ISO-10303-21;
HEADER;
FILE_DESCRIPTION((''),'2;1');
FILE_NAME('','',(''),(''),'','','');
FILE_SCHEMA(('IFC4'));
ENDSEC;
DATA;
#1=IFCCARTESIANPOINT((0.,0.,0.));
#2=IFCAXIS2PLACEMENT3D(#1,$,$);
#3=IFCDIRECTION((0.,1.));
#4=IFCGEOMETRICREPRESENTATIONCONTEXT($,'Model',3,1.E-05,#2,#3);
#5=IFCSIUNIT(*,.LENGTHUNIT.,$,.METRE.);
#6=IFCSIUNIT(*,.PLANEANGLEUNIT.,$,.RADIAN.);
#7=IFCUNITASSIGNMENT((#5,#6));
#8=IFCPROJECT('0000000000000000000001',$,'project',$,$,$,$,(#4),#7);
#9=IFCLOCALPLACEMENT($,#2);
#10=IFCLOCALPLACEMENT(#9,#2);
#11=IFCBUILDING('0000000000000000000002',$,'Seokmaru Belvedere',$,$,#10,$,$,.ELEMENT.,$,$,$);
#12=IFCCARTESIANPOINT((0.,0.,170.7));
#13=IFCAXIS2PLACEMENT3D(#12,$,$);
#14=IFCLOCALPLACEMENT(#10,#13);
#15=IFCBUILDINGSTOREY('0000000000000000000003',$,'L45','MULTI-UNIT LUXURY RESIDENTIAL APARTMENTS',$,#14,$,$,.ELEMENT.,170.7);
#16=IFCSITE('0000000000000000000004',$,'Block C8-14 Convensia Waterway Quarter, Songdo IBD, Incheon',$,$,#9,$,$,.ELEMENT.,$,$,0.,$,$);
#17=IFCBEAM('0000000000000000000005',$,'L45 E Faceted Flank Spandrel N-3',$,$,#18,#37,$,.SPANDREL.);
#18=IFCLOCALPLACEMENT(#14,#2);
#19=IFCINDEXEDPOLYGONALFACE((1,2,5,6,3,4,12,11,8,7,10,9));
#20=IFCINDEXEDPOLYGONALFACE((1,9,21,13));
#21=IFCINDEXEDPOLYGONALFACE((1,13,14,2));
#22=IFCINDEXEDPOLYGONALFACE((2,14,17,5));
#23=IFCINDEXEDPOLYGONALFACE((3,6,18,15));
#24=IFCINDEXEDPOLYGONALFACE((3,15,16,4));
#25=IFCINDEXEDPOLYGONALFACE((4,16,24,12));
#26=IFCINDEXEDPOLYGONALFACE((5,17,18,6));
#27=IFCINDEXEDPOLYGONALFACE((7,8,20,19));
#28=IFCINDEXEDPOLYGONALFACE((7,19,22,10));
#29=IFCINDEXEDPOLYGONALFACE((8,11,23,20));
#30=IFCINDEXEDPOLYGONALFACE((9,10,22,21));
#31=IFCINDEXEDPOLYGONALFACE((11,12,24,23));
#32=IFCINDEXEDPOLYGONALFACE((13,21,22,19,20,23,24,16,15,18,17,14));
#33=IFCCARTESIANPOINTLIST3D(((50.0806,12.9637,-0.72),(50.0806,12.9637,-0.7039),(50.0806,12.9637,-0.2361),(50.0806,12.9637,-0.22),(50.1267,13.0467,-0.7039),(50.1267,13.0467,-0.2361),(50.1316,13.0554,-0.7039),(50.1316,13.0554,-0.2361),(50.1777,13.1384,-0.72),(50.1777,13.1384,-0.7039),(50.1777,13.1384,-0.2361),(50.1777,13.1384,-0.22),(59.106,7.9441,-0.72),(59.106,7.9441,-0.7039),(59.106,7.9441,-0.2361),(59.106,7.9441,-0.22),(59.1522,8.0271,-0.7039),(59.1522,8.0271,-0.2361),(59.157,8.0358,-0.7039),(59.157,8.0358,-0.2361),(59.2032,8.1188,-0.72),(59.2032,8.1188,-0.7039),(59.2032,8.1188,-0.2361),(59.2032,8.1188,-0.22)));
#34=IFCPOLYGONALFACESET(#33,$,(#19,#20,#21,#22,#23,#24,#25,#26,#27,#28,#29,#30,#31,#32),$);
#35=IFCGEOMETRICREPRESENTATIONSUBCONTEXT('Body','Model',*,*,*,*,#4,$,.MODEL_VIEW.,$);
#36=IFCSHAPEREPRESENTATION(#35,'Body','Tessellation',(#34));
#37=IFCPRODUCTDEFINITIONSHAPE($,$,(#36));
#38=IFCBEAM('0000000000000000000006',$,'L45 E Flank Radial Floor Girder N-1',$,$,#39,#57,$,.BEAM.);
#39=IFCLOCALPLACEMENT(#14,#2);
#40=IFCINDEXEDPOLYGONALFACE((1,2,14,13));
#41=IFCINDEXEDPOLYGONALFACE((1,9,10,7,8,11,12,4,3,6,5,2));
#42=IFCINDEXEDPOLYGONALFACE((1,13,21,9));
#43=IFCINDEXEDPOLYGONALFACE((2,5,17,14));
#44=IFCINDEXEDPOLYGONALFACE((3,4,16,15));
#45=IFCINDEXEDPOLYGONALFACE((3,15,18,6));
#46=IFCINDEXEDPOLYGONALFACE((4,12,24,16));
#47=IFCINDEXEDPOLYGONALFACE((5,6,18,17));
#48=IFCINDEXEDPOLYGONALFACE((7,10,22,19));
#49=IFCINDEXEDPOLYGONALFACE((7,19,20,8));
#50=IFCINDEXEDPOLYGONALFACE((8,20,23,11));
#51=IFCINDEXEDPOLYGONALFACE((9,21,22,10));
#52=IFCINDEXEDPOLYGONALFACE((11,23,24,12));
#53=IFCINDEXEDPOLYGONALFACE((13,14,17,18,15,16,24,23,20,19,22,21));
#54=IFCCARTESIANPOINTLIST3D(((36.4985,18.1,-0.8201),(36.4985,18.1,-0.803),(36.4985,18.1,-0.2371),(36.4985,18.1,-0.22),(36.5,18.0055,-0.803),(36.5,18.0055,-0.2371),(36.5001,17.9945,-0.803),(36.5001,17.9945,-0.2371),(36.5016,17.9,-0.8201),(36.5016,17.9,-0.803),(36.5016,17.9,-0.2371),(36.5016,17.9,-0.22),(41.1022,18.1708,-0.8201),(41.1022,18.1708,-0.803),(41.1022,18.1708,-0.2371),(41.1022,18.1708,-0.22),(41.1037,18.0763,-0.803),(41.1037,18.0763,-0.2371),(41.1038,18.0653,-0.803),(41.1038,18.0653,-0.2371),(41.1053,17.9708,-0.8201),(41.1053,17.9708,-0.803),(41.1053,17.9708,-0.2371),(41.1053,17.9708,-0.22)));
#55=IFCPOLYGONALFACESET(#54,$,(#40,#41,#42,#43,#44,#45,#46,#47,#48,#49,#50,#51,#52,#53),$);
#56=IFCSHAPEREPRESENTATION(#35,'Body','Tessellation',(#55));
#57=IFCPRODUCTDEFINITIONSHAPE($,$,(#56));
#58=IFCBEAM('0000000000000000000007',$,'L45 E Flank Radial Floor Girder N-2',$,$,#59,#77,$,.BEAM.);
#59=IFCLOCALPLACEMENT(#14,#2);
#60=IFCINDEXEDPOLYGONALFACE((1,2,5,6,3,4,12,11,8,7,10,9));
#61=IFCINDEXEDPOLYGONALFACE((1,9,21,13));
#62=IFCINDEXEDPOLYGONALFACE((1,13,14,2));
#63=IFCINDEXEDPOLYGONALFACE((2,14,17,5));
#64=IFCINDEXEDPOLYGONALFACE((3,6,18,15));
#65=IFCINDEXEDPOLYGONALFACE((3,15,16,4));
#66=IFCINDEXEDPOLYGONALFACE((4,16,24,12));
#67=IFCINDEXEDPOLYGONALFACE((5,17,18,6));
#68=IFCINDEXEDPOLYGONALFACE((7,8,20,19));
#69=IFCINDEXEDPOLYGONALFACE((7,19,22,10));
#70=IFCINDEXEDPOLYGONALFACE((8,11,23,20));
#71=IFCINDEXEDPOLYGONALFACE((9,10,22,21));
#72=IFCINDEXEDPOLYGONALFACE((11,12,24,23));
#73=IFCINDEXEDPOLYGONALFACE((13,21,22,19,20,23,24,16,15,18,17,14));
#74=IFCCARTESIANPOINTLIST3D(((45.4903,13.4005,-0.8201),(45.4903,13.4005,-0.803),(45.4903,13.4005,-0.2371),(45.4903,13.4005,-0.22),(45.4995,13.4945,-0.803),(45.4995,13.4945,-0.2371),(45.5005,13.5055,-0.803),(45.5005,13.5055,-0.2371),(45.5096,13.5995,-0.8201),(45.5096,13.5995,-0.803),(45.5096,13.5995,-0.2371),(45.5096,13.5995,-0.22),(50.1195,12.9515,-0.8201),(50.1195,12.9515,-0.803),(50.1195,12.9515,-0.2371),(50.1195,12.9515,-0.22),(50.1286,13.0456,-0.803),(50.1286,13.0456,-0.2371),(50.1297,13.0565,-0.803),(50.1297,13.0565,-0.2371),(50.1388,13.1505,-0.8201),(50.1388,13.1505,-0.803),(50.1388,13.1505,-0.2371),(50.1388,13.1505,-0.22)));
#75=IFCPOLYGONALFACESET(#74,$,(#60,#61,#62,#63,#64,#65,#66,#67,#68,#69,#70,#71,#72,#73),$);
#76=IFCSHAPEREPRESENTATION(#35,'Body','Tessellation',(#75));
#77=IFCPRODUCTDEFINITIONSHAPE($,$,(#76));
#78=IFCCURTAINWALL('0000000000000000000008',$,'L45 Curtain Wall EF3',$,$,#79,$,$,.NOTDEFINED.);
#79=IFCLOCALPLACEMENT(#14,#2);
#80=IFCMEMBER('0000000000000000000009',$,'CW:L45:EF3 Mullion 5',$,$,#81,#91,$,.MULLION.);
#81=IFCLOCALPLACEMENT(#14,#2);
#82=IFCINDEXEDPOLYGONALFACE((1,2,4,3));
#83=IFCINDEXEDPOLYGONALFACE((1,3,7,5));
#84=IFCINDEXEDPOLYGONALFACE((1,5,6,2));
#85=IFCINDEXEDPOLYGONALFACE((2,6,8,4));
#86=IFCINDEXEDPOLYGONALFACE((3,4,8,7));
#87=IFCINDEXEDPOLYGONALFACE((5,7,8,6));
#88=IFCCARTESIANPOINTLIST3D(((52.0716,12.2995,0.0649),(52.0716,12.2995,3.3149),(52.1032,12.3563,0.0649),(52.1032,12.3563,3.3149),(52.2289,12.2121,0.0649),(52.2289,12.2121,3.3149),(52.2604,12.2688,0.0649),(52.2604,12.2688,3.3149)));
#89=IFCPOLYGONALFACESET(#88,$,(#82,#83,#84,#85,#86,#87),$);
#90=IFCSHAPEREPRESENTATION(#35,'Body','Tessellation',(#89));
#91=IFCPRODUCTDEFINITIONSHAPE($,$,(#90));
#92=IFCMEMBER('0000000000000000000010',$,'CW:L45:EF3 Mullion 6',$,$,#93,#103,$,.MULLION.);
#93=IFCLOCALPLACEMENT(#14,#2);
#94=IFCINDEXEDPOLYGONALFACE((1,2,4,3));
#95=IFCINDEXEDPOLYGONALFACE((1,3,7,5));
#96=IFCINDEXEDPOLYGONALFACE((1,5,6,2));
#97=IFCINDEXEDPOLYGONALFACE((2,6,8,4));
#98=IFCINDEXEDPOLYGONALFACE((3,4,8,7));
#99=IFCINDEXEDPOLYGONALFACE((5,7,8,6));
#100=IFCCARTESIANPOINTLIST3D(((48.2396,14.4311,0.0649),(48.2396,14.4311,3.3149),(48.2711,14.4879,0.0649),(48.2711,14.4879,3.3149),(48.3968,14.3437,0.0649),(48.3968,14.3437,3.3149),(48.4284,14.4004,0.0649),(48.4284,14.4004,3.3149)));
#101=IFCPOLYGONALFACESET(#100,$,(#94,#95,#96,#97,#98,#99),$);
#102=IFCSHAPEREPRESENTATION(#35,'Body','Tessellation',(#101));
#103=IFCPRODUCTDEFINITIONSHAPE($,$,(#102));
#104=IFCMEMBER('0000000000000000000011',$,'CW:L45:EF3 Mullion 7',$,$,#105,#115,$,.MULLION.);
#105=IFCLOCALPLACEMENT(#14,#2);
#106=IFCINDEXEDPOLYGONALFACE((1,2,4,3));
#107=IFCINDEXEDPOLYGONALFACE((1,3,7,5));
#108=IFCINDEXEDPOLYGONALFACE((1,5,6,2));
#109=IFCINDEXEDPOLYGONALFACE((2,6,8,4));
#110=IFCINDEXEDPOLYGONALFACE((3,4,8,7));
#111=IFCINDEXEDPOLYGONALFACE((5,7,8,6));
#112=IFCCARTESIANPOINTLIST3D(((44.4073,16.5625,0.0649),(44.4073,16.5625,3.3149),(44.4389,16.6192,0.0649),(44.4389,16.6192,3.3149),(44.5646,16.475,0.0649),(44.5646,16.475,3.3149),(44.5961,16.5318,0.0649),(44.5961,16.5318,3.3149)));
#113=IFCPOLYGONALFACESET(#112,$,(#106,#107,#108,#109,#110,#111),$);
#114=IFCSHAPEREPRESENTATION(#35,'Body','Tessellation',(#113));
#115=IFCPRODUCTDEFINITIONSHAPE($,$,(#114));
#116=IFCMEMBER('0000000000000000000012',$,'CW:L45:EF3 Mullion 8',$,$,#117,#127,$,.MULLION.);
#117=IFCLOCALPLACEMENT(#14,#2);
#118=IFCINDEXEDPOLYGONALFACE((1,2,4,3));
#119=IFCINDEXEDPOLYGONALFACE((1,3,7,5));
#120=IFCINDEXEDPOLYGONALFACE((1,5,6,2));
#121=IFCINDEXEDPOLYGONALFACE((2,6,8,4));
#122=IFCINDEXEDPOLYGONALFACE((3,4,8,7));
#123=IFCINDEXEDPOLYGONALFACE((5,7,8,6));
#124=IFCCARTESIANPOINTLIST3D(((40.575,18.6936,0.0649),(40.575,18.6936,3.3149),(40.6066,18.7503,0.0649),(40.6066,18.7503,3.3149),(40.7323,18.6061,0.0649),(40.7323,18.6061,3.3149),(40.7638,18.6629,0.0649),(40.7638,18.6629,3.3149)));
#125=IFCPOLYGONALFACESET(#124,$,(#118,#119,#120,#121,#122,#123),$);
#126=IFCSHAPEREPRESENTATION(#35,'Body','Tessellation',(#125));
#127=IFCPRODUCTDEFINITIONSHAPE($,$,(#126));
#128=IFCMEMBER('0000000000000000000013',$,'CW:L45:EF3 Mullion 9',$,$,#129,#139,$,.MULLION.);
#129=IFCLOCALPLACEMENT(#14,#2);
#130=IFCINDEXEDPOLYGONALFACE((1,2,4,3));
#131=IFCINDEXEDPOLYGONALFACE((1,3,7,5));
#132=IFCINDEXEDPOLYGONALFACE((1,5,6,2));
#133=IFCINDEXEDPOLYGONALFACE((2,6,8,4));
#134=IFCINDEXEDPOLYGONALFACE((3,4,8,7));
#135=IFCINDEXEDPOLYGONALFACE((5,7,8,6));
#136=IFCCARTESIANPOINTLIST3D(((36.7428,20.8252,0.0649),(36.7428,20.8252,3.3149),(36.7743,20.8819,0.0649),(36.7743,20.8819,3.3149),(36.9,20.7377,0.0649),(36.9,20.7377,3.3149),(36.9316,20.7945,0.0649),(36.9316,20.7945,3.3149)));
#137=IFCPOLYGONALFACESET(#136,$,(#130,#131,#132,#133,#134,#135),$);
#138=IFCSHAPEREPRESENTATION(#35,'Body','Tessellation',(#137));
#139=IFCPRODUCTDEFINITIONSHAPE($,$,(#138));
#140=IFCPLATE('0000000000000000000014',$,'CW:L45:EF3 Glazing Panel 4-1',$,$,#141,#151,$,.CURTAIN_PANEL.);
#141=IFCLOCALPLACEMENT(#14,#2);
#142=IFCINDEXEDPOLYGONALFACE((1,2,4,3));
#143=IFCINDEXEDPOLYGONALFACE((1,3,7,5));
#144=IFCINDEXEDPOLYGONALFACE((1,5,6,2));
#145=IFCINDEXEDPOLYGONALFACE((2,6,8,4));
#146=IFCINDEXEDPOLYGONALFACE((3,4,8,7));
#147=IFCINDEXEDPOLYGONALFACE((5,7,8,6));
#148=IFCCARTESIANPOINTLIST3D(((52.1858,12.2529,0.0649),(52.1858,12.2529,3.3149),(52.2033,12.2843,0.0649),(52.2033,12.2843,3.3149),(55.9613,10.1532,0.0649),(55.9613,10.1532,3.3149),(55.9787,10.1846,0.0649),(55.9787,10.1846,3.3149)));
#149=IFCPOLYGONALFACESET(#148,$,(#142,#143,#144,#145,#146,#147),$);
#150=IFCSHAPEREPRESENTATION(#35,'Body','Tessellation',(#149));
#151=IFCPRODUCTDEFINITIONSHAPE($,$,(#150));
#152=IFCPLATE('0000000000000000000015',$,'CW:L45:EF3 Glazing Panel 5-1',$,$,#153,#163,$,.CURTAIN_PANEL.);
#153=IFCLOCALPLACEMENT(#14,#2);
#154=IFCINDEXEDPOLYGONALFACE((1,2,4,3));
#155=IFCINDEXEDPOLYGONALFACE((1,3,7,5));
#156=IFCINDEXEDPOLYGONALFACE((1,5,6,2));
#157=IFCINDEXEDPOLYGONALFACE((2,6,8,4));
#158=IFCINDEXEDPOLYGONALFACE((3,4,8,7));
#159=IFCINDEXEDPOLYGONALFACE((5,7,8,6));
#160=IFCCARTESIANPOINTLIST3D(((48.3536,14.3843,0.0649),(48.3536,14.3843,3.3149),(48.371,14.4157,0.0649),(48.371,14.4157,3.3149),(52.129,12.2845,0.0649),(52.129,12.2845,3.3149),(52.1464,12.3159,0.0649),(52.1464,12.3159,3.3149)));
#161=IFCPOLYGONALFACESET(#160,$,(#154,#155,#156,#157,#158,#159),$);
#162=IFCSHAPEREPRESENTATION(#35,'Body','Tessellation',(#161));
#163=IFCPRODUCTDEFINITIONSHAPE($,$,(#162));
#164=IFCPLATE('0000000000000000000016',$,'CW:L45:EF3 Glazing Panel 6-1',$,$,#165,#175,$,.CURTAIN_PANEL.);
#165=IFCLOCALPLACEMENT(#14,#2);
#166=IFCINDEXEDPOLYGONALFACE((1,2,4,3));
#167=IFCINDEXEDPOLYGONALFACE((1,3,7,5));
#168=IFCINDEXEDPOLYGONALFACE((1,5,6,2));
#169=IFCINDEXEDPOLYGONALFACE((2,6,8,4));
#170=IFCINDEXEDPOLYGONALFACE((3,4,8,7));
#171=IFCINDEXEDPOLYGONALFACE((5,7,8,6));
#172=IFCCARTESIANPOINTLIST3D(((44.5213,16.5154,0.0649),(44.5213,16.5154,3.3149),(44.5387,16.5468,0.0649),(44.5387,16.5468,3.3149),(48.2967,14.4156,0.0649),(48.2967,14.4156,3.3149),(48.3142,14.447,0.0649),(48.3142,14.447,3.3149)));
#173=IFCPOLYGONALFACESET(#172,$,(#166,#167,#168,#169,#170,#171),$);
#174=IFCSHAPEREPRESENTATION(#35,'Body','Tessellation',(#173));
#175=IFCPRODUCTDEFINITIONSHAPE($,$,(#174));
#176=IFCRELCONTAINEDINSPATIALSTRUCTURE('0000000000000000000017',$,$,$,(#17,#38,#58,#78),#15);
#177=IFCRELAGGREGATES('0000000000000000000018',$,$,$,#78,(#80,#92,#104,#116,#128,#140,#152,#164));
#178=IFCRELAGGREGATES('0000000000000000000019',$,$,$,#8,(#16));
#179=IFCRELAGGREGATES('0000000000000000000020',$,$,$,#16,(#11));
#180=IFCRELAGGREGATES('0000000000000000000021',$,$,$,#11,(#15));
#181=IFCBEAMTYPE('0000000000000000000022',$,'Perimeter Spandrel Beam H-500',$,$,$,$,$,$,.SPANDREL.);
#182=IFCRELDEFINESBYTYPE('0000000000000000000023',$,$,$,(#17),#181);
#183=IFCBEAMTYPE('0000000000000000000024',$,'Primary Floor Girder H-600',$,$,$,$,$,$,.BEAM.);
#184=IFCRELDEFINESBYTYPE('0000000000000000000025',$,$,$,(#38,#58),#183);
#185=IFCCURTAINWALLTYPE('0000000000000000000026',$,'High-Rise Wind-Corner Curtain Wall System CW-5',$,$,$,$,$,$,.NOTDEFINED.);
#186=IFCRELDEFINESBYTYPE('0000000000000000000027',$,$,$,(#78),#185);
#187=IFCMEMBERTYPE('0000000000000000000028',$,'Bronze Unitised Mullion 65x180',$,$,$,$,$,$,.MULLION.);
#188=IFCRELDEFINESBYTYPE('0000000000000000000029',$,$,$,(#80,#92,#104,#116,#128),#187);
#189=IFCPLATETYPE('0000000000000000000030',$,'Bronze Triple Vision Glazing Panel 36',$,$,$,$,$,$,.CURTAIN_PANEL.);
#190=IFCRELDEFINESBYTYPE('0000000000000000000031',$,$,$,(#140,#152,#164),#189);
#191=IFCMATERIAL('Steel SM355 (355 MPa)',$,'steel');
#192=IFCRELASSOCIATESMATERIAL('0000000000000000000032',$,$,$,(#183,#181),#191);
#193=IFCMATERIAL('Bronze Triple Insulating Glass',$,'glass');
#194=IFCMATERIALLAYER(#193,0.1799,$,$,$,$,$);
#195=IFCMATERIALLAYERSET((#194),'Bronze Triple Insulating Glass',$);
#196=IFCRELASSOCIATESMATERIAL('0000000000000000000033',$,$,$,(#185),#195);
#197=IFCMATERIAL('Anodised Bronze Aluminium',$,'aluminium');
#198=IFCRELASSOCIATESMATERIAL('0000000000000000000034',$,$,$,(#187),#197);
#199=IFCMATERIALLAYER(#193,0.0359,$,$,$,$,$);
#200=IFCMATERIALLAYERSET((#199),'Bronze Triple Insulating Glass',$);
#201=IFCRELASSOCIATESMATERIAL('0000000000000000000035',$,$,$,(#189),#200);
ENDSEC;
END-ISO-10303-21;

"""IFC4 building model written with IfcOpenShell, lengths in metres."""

from ifc_helpers import new_model, si_unit, direction, frame, origin, origin_2d, place, context, subcontext, project, spatial, rectangle, i_section, extrude, source, transform, mapped, material, layer, layer_set, material_profile, profile_set, type_object, type_shapes, element, aggregate, save


model = new_model("IFC4")

# Units and contexts
model_context = context("Model", 3, precision=1e-05, world=origin(), true_north=direction((0.0, 1.0)))
body_context = subcontext(model_context, "Body", "Model", "MODEL_VIEW")
ifc_project = project(units=[si_unit("LENGTHUNIT", "METRE"), si_unit("PLANEANGLEUNIT", "RADIAN")], contexts=[model_context])

# Site, building, storey
site_placement = place(None, origin())
site = spatial("IfcSite", under=ifc_project, at=site_placement, Name="Block C8-14 Convensia Waterway Quarter, Songdo IBD, Incheon", CompositionType="ELEMENT", RefElevation=0.0)
building_placement = place(site_placement, origin())
building = spatial("IfcBuilding", under=site, at=building_placement, Name="Seokmaru Belvedere", CompositionType="ELEMENT")
storey_placement = place(building_placement, frame((0.0, 0.0, 170.7)))
storey = spatial("IfcBuildingStorey", under=building, at=storey_placement, Name="L45", Description="MULTI-UNIT LUXURY RESIDENTIAL APARTMENTS", CompositionType="ELEMENT", Elevation=170.7)

# Shared definitions
ifc_material_1 = material(Name="Steel SM355 (355 MPa)", Category="steel")

# Beams
ifc_material_profile_1 = material_profile(ifc_material_1, i_section(OverallWidth=0.2, OverallDepth=0.6001, WebThickness=0.011, FlangeThickness=0.0171, at=origin_2d()), Name="H-600x200x11x17")
ifc_profile_set_1 = profile_set([ifc_material_profile_1], Name="Steel SM355 (355 MPa)")
beam_type_1 = type_object("IfcBeamType", Name="Primary Floor Girder H-600", PredefinedType="BEAM", material=ifc_profile_set_1)
ifc_material_profile_2 = material_profile(ifc_material_1, i_section(OverallWidth=0.2, OverallDepth=0.5, WebThickness=0.01, FlangeThickness=0.0161, at=origin_2d()), Name="H-500x200x10x16")
ifc_profile_set_2 = profile_set([ifc_material_profile_2], Name="Steel SM355 (355 MPa)")
beam_type_2 = type_object("IfcBeamType", Name="Perimeter Spandrel Beam H-500", PredefinedType="SPANDREL", material=ifc_profile_set_2)
shared_shape_1 = source(origin(), body_context, "Body", "SweptSolid", [
    extrude(i_section(OverallWidth=0.2, OverallDepth=0.5, WebThickness=0.01, FlangeThickness=0.0161, at=origin_2d()), origin(), (0.0, 0.0, 1.0), 10.3274),
])
type_shapes(beam_type_2, [shared_shape_1])
for number, where, z_axis, x_axis, name in (
    (1, (50.1292, 13.051, -0.47), (0.873934, -0.486044, 0.0), (0.486044, 0.873934, 0.0), "L45 E Faceted Flank Spandrel N-3"),
):
    element("IfcBeam", number, at=place(storey_placement, frame(where, z_axis=z_axis, x_axis=x_axis)), inside=storey, type_object=beam_type_2, Name=name, PredefinedType="SPANDREL", context=body_context, shape_type="MappedRepresentation", body=[
        mapped(shared_shape_1, transform((0.0, 0.0, 0.0), scale=1.0)),
    ])
shared_shape_2 = source(origin(), body_context, "Body", "SweptSolid", [
    extrude(i_section(OverallWidth=0.2, OverallDepth=0.6001, WebThickness=0.011, FlangeThickness=0.0171, at=origin_2d()), origin(), (0.0, 0.0, 1.0), 4.6042),
])
beam_1_placement = place(storey_placement, frame((41.1038, 18.0708, -0.52), z_axis=(-0.999882, -0.015377, 0.0), x_axis=(0.015377, -0.999882, 0.0)))
element("IfcBeam", 2, at=beam_1_placement, inside=storey, type_object=beam_type_1, Name="L45 E Flank Radial Floor Girder N-1", PredefinedType="BEAM", context=body_context, shape_type="MappedRepresentation", body=[
    mapped(shared_shape_2, transform((0.0, 0.0, 0.0), scale=1.0)),
])
shared_shape_3 = source(origin(), body_context, "Body", "SweptSolid", [
    extrude(i_section(OverallWidth=0.2, OverallDepth=0.6001, WebThickness=0.011, FlangeThickness=0.0171, at=origin_2d()), origin(), (0.0, 0.0, 1.0), 4.6509),
])
beam_2_placement = place(storey_placement, frame((50.1292, 13.051, -0.52), z_axis=(-0.99533, 0.096536, 0.0), x_axis=(-0.096536, -0.99533, 0.0)))
element("IfcBeam", 3, at=beam_2_placement, inside=storey, type_object=beam_type_1, Name="L45 E Flank Radial Floor Girder N-2", PredefinedType="BEAM", context=body_context, shape_type="MappedRepresentation", body=[
    mapped(shared_shape_3, transform((0.0, 0.0, 0.0), scale=1.0)),
])

# Curtain wall, members, plates
ifc_material_2 = material(Name="Bronze Triple Insulating Glass", Category="glass")
ifc_layer_1 = layer(ifc_material_2, 0.1799)
ifc_layer_set_1 = layer_set([ifc_layer_1], Name="Bronze Triple Insulating Glass")
curtain_wall_type = type_object("IfcCurtainWallType", Name="High-Rise Wind-Corner Curtain Wall System CW-5", PredefinedType="NOTDEFINED", material=ifc_layer_set_1)
curtain_wall_placement = place(storey_placement, origin())
curtain_wall = element("IfcCurtainWall", 4, at=curtain_wall_placement, inside=storey, type_object=curtain_wall_type, Name="L45 Curtain Wall EF3", PredefinedType="NOTDEFINED")
ifc_material_3 = material(Name="Anodised Bronze Aluminium", Category="aluminium")
ifc_material_profile_3 = material_profile(ifc_material_3, rectangle(XDim=0.0649, YDim=0.1799, at=origin_2d()), Name="CW-M-65x180")
ifc_profile_set_3 = profile_set([ifc_material_profile_3], Name="Anodised Bronze Aluminium")
member_type = type_object("IfcMemberType", Name="Bronze Unitised Mullion 65x180", PredefinedType="MULLION", material=ifc_profile_set_3)
shared_shape_4 = source(origin(), body_context, "Body", "SweptSolid", [
    extrude(rectangle(XDim=0.0649, YDim=0.1799, at=origin_2d()), origin(), (0.0, 0.0, 1.0), 3.25),
])
type_shapes(member_type, [shared_shape_4])
member_1_placement = place(storey_placement, frame((52.166, 12.2842, 0.0649), z_axis=(0.0, 0.0, 1.0), x_axis=(-0.486047, -0.873933, 0.0)))
member_1 = element("IfcMember", 5, at=member_1_placement, type_object=member_type, Name="CW:L45:EF3 Mullion 5", PredefinedType="MULLION", context=body_context, shape_type="MappedRepresentation", body=[
    mapped(shared_shape_4, transform((0.0, 0.0, 0.0), scale=1.0)),
])
member_2_placement = place(storey_placement, frame((48.334, 14.4158, 0.0649), z_axis=(0.0, 0.0, 1.0), x_axis=(-0.486047, -0.873933, 0.0)))
member_2 = element("IfcMember", 6, at=member_2_placement, type_object=member_type, Name="CW:L45:EF3 Mullion 6", PredefinedType="MULLION", context=body_context, shape_type="MappedRepresentation", body=[
    mapped(shared_shape_4, transform((0.0, 0.0, 0.0), scale=1.0)),
])
member_3_placement = place(storey_placement, frame((44.5017, 16.5471, 0.0649), z_axis=(0.0, 0.0, 1.0), x_axis=(-0.486047, -0.873933, 0.0)))
member_3 = element("IfcMember", 7, at=member_3_placement, type_object=member_type, Name="CW:L45:EF3 Mullion 7", PredefinedType="MULLION", context=body_context, shape_type="MappedRepresentation", body=[
    mapped(shared_shape_4, transform((0.0, 0.0, 0.0), scale=1.0)),
])
member_4_placement = place(storey_placement, frame((40.6694, 18.6782, 0.0649), z_axis=(0.0, 0.0, 1.0), x_axis=(-0.486047, -0.873933, 0.0)))
member_4 = element("IfcMember", 8, at=member_4_placement, type_object=member_type, Name="CW:L45:EF3 Mullion 8", PredefinedType="MULLION", context=body_context, shape_type="MappedRepresentation", body=[
    mapped(shared_shape_4, transform((0.0, 0.0, 0.0), scale=1.0)),
])
member_5_placement = place(storey_placement, frame((36.8372, 20.8098, 0.0649), z_axis=(0.0, 0.0, 1.0), x_axis=(-0.486047, -0.873933, 0.0)))
member_5 = element("IfcMember", 9, at=member_5_placement, type_object=member_type, Name="CW:L45:EF3 Mullion 9", PredefinedType="MULLION", context=body_context, shape_type="MappedRepresentation", body=[
    mapped(shared_shape_4, transform((0.0, 0.0, 0.0), scale=1.0)),
])
ifc_layer_2 = layer(ifc_material_2, 0.0359)
ifc_layer_set_2 = layer_set([ifc_layer_2], Name="Bronze Triple Insulating Glass")
plate_type = type_object("IfcPlateType", Name="Bronze Triple Vision Glazing Panel 36", PredefinedType="CURTAIN_PANEL", material=ifc_layer_set_2)
shared_shape_5 = source(origin(), body_context, "Body", "SweptSolid", [
    extrude(rectangle(XDim=4.3201, YDim=0.0359, at=origin_2d()), origin(), (0.0, 0.0, 1.0), 3.25),
])
type_shapes(plate_type, [shared_shape_5])
plate_1_placement = place(storey_placement, frame((54.0823, 11.2188, 0.0649), z_axis=(0.0, 0.0, 1.0), x_axis=(-0.873933, 0.486047, 0.0)))
plate_1 = element("IfcPlate", 10, at=plate_1_placement, type_object=plate_type, Name="CW:L45:EF3 Glazing Panel 4-1", PredefinedType="CURTAIN_PANEL", context=body_context, shape_type="MappedRepresentation", body=[
    mapped(shared_shape_5, transform((0.0, 0.0, 0.0), scale=1.0)),
])
plate_2_placement = place(storey_placement, frame((50.25, 13.3501, 0.0649), z_axis=(0.0, 0.0, 1.0), x_axis=(-0.873933, 0.486047, 0.0)))
plate_2 = element("IfcPlate", 11, at=plate_2_placement, type_object=plate_type, Name="CW:L45:EF3 Glazing Panel 5-1", PredefinedType="CURTAIN_PANEL", context=body_context, shape_type="MappedRepresentation", body=[
    mapped(shared_shape_5, transform((0.0, 0.0, 0.0), scale=1.0)),
])
plate_3_placement = place(storey_placement, frame((46.4177, 15.4812, 0.0649), z_axis=(0.0, 0.0, 1.0), x_axis=(-0.873933, 0.486047, 0.0)))
plate_3 = element("IfcPlate", 12, at=plate_3_placement, type_object=plate_type, Name="CW:L45:EF3 Glazing Panel 6-1", PredefinedType="CURTAIN_PANEL", context=body_context, shape_type="MappedRepresentation", body=[
    mapped(shared_shape_5, transform((0.0, 0.0, 0.0), scale=1.0)),
])
aggregate(curtain_wall, [member_1, member_2, member_3, member_4, member_5, plate_1, plate_2, plate_3])

save(model, "model.ifc")
